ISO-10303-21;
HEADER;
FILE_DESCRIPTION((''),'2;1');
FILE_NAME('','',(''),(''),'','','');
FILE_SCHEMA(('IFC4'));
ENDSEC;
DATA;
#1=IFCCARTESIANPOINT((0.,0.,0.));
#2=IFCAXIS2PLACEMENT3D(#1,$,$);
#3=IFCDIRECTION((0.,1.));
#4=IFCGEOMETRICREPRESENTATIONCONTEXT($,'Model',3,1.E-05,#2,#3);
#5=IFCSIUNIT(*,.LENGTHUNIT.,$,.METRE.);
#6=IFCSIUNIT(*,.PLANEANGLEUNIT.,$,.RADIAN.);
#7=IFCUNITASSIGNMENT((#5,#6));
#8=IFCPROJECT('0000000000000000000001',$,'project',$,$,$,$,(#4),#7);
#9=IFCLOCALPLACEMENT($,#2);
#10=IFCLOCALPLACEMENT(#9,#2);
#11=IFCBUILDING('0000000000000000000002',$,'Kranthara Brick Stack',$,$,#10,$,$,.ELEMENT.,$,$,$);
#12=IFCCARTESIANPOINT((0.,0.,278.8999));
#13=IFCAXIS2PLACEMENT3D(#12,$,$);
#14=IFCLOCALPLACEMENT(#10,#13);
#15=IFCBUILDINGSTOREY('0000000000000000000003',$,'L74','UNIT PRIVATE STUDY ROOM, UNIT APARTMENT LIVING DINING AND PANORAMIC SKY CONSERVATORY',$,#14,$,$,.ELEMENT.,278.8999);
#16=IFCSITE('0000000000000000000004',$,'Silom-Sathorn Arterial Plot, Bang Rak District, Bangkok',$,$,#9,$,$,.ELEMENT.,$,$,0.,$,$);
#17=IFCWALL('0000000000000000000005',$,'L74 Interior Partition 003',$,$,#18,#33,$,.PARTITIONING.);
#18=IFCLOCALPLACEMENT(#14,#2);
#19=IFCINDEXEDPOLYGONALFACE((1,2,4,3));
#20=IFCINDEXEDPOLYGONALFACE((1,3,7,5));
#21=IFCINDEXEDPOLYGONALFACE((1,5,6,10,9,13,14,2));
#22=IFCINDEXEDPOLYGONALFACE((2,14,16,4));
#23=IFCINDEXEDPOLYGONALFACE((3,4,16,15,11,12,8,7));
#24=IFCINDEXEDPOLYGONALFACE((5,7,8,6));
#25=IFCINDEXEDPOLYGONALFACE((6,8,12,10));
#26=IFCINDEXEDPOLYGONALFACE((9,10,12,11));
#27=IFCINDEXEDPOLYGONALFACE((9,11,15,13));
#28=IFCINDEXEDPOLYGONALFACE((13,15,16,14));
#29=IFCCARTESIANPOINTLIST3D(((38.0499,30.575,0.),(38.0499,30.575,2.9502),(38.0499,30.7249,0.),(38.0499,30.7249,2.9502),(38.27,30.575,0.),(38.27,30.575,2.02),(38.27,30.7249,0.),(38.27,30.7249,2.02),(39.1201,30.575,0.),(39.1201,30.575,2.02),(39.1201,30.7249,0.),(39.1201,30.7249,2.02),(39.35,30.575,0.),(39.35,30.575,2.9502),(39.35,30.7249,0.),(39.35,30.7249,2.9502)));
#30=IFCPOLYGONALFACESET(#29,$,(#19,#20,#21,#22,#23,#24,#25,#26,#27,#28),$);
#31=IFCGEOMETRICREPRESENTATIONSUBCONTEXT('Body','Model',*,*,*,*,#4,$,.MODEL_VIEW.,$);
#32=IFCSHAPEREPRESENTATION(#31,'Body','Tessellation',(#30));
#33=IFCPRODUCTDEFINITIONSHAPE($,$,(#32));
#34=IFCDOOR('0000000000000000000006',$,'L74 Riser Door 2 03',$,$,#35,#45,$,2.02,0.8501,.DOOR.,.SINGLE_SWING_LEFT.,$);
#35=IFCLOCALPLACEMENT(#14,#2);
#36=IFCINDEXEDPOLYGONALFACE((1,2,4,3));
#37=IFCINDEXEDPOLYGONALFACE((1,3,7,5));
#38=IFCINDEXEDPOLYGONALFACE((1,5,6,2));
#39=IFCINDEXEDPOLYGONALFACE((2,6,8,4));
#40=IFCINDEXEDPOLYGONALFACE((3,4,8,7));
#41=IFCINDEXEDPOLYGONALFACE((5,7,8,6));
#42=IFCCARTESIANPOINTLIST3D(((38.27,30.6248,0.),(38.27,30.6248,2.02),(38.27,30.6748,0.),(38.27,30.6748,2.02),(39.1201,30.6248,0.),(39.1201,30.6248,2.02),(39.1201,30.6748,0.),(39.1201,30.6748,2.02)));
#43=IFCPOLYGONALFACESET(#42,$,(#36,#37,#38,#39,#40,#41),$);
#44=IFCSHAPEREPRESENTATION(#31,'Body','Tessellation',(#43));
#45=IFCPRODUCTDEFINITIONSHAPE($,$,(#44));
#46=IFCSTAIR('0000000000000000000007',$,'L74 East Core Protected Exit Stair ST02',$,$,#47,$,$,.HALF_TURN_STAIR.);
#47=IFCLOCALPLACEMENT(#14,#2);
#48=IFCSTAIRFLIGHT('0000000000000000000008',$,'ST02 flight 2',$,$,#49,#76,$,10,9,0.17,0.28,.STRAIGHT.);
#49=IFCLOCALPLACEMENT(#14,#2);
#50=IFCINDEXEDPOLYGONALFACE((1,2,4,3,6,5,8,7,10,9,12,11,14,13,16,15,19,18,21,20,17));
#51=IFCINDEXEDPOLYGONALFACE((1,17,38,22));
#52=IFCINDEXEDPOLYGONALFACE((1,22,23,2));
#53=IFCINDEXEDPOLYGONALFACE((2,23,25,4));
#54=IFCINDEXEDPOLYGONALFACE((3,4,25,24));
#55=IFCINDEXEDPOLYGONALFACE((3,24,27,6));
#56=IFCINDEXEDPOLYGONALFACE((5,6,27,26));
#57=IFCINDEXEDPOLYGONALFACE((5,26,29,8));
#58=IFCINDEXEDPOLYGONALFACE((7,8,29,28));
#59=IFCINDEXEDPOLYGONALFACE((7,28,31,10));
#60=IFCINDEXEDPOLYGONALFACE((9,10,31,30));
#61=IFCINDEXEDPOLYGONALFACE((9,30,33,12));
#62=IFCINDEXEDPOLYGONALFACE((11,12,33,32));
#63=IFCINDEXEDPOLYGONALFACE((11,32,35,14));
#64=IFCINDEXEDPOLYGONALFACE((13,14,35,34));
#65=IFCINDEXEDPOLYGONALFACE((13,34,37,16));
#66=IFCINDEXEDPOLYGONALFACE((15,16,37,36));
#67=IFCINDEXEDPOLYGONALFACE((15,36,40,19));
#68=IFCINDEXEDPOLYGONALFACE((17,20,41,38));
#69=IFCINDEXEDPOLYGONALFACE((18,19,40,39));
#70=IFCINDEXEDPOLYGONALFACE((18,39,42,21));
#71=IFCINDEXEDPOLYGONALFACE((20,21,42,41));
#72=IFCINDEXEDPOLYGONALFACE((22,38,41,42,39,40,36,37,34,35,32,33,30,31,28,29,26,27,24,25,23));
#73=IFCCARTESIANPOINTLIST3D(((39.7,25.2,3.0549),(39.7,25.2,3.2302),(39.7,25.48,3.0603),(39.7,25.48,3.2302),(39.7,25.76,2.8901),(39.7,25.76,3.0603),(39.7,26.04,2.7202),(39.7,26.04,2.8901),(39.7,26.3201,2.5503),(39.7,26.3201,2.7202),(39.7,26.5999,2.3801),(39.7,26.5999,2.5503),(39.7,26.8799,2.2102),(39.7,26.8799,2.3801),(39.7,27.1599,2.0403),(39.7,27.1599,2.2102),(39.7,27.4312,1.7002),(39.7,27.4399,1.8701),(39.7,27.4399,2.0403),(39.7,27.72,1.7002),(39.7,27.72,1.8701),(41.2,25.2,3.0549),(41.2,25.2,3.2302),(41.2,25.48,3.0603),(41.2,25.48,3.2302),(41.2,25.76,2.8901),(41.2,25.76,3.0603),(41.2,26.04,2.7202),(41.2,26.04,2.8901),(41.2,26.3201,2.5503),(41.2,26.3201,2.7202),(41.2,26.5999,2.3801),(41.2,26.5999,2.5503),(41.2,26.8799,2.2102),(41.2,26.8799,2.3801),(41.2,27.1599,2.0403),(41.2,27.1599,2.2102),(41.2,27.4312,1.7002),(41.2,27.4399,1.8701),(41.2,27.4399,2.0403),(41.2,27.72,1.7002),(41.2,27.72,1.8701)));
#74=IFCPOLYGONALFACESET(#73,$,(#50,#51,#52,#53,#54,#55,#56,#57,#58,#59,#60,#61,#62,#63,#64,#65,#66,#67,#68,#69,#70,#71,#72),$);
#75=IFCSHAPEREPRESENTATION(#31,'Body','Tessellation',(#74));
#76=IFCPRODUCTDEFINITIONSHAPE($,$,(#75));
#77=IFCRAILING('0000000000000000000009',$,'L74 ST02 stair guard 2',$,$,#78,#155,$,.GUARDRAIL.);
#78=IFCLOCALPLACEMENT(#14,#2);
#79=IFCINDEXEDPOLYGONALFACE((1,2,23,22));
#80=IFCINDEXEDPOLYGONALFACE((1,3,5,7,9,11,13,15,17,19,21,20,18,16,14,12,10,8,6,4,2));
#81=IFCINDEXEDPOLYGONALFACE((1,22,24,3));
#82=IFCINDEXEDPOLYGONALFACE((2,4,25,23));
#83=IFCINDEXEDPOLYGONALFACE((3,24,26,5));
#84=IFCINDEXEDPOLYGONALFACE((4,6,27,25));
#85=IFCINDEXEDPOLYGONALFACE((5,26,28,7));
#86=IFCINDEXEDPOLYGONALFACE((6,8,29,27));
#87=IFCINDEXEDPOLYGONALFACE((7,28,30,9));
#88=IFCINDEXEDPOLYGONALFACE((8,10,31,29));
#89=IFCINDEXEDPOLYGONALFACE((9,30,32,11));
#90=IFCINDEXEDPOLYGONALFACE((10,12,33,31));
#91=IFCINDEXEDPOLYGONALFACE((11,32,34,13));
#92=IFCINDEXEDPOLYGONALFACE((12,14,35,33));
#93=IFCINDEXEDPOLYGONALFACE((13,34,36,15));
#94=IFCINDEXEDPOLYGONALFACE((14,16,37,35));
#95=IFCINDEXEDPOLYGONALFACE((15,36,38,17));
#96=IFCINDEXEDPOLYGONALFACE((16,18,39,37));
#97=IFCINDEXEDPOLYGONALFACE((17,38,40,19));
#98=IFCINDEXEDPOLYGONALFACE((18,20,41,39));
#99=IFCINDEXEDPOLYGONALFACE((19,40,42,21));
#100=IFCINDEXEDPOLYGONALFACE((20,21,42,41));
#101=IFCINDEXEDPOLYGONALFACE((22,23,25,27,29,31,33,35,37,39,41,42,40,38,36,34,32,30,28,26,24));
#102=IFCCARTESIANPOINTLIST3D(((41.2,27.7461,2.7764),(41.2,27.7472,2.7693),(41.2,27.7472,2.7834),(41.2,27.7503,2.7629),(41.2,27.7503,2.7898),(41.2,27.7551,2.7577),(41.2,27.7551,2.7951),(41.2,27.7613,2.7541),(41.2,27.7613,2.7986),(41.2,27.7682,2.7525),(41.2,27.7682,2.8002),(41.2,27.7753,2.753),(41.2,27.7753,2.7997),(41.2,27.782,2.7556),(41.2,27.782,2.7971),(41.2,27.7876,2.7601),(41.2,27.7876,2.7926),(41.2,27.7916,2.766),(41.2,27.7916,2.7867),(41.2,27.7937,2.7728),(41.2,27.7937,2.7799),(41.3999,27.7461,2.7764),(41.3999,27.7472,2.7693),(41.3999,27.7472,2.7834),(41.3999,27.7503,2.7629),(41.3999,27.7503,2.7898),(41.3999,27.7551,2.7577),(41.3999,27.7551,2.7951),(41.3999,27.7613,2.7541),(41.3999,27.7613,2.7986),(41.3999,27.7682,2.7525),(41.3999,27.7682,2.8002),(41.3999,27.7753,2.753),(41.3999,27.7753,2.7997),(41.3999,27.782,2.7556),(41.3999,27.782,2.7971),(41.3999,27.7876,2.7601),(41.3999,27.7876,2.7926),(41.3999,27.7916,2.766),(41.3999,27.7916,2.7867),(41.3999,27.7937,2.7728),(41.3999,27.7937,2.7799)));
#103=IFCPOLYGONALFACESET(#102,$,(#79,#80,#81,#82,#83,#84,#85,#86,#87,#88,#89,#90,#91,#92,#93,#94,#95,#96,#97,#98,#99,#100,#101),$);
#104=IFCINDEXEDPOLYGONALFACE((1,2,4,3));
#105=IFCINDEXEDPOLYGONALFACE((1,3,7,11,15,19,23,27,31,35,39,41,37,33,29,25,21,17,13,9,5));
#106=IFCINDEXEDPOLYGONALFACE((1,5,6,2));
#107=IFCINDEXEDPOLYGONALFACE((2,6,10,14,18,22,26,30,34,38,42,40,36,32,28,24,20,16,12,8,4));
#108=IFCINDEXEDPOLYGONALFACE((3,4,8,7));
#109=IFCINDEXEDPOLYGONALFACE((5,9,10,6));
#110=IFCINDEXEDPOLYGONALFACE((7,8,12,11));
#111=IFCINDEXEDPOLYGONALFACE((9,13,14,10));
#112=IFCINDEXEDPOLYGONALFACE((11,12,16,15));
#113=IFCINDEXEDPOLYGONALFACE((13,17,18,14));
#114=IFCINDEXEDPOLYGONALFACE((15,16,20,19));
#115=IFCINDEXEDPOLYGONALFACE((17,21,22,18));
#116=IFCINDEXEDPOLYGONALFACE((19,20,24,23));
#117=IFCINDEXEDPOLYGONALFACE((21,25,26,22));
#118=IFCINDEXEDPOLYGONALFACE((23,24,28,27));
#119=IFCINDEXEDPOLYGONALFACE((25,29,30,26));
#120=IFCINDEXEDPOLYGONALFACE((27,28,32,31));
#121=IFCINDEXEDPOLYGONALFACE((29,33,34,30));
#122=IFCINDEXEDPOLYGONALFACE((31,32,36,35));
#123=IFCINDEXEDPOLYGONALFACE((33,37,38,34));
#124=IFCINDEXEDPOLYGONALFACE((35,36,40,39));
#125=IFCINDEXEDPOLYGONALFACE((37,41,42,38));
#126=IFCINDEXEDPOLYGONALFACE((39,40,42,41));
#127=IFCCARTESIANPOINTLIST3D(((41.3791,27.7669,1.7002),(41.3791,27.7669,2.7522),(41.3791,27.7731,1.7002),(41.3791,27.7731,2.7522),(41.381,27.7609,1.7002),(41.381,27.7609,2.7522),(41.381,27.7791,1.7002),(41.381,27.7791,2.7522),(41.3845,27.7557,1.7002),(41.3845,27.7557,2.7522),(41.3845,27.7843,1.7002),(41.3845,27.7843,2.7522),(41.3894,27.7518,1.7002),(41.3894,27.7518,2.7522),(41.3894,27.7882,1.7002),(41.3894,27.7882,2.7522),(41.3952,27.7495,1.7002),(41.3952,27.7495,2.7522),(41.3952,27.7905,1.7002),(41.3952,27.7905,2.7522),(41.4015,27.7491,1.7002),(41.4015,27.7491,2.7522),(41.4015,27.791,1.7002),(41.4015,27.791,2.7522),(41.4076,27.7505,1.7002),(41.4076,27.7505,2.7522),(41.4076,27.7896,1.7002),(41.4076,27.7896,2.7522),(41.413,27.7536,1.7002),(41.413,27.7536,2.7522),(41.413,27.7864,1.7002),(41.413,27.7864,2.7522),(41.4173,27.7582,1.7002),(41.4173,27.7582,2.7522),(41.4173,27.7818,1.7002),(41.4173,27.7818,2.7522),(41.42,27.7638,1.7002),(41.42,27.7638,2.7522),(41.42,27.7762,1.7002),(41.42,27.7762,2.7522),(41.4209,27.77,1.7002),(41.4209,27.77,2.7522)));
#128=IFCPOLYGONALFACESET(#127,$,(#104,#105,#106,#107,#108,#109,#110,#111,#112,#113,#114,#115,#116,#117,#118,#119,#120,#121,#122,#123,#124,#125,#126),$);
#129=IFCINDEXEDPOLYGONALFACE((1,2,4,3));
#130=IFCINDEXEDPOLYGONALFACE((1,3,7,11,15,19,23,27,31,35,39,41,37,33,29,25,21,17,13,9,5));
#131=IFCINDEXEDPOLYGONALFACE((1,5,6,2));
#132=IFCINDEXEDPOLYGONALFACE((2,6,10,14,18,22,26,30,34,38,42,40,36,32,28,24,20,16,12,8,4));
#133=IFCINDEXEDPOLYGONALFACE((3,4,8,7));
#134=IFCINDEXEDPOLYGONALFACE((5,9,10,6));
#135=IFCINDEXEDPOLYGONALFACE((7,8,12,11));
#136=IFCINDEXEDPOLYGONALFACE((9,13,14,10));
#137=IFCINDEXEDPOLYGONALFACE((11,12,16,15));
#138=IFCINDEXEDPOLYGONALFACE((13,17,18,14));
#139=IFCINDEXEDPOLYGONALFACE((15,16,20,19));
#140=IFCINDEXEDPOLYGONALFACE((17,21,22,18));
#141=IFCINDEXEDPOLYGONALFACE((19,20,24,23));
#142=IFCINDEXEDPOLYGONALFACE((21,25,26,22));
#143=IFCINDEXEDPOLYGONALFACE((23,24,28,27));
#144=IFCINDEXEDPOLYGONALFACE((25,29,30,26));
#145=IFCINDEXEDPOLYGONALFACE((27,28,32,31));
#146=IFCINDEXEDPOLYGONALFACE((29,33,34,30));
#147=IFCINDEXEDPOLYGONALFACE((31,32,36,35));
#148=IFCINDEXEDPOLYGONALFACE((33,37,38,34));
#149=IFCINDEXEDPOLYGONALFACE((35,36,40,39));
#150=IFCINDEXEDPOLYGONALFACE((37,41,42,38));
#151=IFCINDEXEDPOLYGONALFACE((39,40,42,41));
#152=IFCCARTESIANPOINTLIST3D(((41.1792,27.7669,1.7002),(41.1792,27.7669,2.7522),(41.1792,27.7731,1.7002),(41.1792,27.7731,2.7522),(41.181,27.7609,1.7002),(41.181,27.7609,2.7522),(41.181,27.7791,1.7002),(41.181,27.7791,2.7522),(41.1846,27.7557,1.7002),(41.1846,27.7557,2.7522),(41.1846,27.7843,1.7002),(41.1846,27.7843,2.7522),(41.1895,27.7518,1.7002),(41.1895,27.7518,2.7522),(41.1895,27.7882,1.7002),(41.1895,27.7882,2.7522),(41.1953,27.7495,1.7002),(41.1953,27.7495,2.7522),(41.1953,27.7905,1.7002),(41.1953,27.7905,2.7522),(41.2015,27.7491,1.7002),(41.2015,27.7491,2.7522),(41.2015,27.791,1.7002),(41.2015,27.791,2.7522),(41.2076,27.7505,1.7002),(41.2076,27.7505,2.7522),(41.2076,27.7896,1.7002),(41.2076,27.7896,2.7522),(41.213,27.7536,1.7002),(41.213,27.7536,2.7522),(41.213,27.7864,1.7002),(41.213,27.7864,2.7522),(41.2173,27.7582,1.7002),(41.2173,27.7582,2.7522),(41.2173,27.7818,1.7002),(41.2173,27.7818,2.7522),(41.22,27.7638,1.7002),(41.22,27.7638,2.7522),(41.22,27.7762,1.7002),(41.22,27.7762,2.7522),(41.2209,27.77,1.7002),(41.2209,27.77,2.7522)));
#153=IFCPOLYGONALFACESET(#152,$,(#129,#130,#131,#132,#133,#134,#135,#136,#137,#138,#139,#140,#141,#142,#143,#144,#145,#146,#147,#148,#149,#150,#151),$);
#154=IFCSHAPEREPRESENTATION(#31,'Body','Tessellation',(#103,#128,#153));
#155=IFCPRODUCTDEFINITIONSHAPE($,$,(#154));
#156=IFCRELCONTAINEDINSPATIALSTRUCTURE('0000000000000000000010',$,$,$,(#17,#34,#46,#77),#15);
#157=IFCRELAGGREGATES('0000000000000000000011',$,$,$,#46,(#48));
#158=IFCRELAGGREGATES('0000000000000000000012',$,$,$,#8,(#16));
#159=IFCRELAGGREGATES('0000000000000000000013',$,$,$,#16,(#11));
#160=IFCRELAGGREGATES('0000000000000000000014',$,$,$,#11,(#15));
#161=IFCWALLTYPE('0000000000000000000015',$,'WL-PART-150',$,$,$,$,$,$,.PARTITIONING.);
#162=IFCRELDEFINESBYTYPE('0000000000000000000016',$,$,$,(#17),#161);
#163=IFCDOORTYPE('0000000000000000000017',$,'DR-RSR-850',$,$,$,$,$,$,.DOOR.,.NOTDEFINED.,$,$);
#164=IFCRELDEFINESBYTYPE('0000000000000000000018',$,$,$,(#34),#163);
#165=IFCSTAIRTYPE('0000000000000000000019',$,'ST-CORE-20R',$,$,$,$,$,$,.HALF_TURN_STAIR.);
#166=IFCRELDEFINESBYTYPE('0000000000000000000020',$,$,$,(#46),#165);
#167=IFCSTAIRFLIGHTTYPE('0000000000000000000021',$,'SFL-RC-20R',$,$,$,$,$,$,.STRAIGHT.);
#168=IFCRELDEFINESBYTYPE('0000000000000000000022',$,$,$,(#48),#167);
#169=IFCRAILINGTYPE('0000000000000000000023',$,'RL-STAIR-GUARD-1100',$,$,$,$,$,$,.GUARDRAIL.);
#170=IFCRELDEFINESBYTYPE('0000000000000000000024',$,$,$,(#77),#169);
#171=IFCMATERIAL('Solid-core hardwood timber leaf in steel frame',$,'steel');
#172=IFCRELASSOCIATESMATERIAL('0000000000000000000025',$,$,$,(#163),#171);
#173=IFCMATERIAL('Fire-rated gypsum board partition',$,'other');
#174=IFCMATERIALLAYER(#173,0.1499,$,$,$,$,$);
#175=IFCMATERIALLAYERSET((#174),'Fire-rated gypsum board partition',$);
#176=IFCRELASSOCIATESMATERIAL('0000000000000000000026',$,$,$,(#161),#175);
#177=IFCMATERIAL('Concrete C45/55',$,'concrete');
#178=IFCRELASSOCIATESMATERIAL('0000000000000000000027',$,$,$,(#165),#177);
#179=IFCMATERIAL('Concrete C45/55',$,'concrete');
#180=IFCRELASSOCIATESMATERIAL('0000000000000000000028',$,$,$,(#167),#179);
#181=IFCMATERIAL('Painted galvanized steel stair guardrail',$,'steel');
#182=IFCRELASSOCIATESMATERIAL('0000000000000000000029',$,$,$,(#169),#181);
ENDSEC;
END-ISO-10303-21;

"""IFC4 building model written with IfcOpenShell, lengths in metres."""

from ifc_helpers import new_model, si_unit, direction, frame, frame_2d, origin, origin_2d, place, context, subcontext, project, spatial, polyline, rectangle, circle, outline, extrude, material, layer, layer_set, type_object, element, fill, aggregate, save


model = new_model("IFC4")

# Units and contexts
model_context = context("Model", 3, precision=1e-05, world=origin(), true_north=direction((0.0, 1.0)))
body_context = subcontext(model_context, "Body", "Model", "MODEL_VIEW")
ifc_project = project(units=[si_unit("LENGTHUNIT", "METRE"), si_unit("PLANEANGLEUNIT", "RADIAN")], contexts=[model_context])

# Site, building, storey
site_placement = place(None, origin())
site = spatial("IfcSite", under=ifc_project, at=site_placement, Name="Silom-Sathorn Arterial Plot, Bang Rak District, Bangkok", CompositionType="ELEMENT", RefElevation=0.0)
building_placement = place(site_placement, origin())
building = spatial("IfcBuilding", under=site, at=building_placement, Name="Kranthara Brick Stack", CompositionType="ELEMENT")
storey_placement = place(building_placement, frame((0.0, 0.0, 278.8999)))
storey = spatial("IfcBuildingStorey", under=building, at=storey_placement, Name="L74", Description="UNIT PRIVATE STUDY ROOM, UNIT APARTMENT LIVING DINING AND PANORAMIC SKY CONSERVATORY", CompositionType="ELEMENT", Elevation=278.8999)

# Shared definitions
ifc_material_1 = material(Name="Solid-core hardwood timber leaf in steel frame", Category="steel")
door_type_1 = type_object("IfcDoorType", Name="DR-RSR-850", OperationType="NOTDEFINED", PredefinedType="DOOR", material=ifc_material_1)

# Wall, opening, door
ifc_material_2 = material(Name="Fire-rated gypsum board partition", Category="other")
ifc_layer_1 = layer(ifc_material_2, 0.1499)
ifc_layer_set_1 = layer_set([ifc_layer_1], Name="Fire-rated gypsum board partition")
wall_type_1 = type_object("IfcWallType", Name="WL-PART-150", PredefinedType="PARTITIONING", material=ifc_layer_set_1)
wall_1_placement = place(storey_placement, frame((38.05, 30.6499, 0.0), z_axis=(0.0, 0.0, 1.0), x_axis=(1.0, 0.0, 0.0)))
wall_1 = element("IfcWall", 1, at=wall_1_placement, inside=storey, type_object=wall_type_1, Name="L74 Interior Partition 003", PredefinedType="PARTITIONING", context=body_context, shape_type="SweptSolid", body=[
    extrude(rectangle(XDim=1.3, YDim=0.1499, at=frame_2d((0.6499, 0.0))), origin(), (0.0, 0.0, 1.0), 2.9502),
])
opening_1_placement = place(wall_1_placement, frame((0.22, 0.0, 0.0)))
opening_1 = element("IfcOpeningElement", 2, at=opening_1_placement, cuts=wall_1, PredefinedType="OPENING", context=body_context, shape_type="SweptSolid", body=[
    extrude(rectangle(XDim=0.8501, YDim=2.02, at=frame_2d((0.425, 1.01))), frame((0.0, 0.085, 0.0), z_axis=(0.0, -1.0, 0.0), x_axis=(1.0, 0.0, 0.0)), (0.0, 0.0, 1.0), 0.1699),
])
door_1_placement = place(opening_1_placement, origin())
door_1 = element("IfcDoor", 3, at=door_1_placement, inside=storey, type_object=door_type_1, Name="L74 Riser Door 2 03", OperationType="SINGLE_SWING_LEFT", OverallHeight=2.02, OverallWidth=0.8501, PredefinedType="DOOR", context=body_context, shape_type="SweptSolid", body=[
    extrude(rectangle(XDim=0.8501, YDim=2.02, at=frame_2d((0.425, 1.01))), frame((0.0, 0.0249, 0.0), z_axis=(0.0, -1.0, 0.0), x_axis=(1.0, 0.0, 0.0)), (0.0, 0.0, 1.0), 0.05),
])
fill(opening_1, door_1)

# Stair, stair flight
ifc_material_3 = material(Name="Concrete C45/55", Category="concrete")
stair_type = type_object("IfcStairType", Name="ST-CORE-20R", PredefinedType="HALF_TURN_STAIR", material=ifc_material_3)
stair_placement = place(storey_placement, origin())
stair = element("IfcStair", 4, at=stair_placement, inside=storey, type_object=stair_type, Name="L74 East Core Protected Exit Stair ST02", PredefinedType="HALF_TURN_STAIR")
ifc_material_4 = material(Name="Concrete C45/55", Category="concrete")
stair_flight_type = type_object("IfcStairFlightType", Name="SFL-RC-20R", PredefinedType="STRAIGHT", material=ifc_material_4)
stair_flight_placement = place(storey_placement, frame((40.45, 27.72, 1.7002), z_axis=(0.0, 0.0, 1.0), x_axis=(0.0, -1.0, 0.0)))
stair_flight = element("IfcStairFlight", 5, at=stair_flight_placement, type_object=stair_flight_type, Name="ST02 flight 2", NumberOfRisers=10, NumberOfTreads=9, PredefinedType="STRAIGHT", RiserHeight=0.17, TreadLength=0.28, context=body_context, shape_type="SweptSolid", body=[
    extrude(outline(polyline([(0.0, 0.0), (0.0, 0.1699), (0.28, 0.1699), (0.28, 0.3401), (0.5601, 0.3401), (0.5601, 0.51), (0.8401, 0.51), (0.8401, 0.6799), (1.1201, 0.6799), (1.1201, 0.8501), (1.3999, 0.8501), (1.3999, 1.02), (1.6799, 1.02), (1.6799, 1.1899), (1.96, 1.1899), (1.96, 1.3601), (2.24, 1.3601), (2.24, 1.53), (2.52, 1.53), (2.52, 1.7), (2.52, 1.3547), (0.2888, 0.0), (0.0, 0.0)])), frame((0.0, 0.75, 0.0), z_axis=(0.0, -1.0, 0.0), x_axis=(1.0, 0.0, 0.0)), (0.0, 0.0, 1.0), 1.5),
])
aggregate(stair, [stair_flight])

# Railing
ifc_material_5 = material(Name="Painted galvanized steel stair guardrail", Category="steel")
railing_type_1 = type_object("IfcRailingType", Name="RL-STAIR-GUARD-1100", PredefinedType="GUARDRAIL", material=ifc_material_5)
railing_1_placement = place(storey_placement, frame((41.3999, 27.77, 1.7002)))
element("IfcRailing", 6, at=railing_1_placement, inside=storey, type_object=railing_type_1, Name="L74 ST02 stair guard 2", PredefinedType="GUARDRAIL", context=body_context, shape_type="SweptSolid", body=[
    extrude(circle(Radius=0.0239, at=origin_2d()), frame((0.0, 0.0, 1.0762), z_axis=(-1.0, 0.0, 0.0), x_axis=(0.0, -1.0, 0.0)), (0.0, 0.0, 1.0), 0.2),
    extrude(circle(Radius=0.021, at=origin_2d()), origin(), (0.0, 0.0, 1.0), 1.052),
    extrude(circle(Radius=0.021, at=origin_2d()), frame((-0.2, 0.0, 0.0)), (0.0, 0.0, 1.0), 1.052),
])

save(model, "model.ifc")
